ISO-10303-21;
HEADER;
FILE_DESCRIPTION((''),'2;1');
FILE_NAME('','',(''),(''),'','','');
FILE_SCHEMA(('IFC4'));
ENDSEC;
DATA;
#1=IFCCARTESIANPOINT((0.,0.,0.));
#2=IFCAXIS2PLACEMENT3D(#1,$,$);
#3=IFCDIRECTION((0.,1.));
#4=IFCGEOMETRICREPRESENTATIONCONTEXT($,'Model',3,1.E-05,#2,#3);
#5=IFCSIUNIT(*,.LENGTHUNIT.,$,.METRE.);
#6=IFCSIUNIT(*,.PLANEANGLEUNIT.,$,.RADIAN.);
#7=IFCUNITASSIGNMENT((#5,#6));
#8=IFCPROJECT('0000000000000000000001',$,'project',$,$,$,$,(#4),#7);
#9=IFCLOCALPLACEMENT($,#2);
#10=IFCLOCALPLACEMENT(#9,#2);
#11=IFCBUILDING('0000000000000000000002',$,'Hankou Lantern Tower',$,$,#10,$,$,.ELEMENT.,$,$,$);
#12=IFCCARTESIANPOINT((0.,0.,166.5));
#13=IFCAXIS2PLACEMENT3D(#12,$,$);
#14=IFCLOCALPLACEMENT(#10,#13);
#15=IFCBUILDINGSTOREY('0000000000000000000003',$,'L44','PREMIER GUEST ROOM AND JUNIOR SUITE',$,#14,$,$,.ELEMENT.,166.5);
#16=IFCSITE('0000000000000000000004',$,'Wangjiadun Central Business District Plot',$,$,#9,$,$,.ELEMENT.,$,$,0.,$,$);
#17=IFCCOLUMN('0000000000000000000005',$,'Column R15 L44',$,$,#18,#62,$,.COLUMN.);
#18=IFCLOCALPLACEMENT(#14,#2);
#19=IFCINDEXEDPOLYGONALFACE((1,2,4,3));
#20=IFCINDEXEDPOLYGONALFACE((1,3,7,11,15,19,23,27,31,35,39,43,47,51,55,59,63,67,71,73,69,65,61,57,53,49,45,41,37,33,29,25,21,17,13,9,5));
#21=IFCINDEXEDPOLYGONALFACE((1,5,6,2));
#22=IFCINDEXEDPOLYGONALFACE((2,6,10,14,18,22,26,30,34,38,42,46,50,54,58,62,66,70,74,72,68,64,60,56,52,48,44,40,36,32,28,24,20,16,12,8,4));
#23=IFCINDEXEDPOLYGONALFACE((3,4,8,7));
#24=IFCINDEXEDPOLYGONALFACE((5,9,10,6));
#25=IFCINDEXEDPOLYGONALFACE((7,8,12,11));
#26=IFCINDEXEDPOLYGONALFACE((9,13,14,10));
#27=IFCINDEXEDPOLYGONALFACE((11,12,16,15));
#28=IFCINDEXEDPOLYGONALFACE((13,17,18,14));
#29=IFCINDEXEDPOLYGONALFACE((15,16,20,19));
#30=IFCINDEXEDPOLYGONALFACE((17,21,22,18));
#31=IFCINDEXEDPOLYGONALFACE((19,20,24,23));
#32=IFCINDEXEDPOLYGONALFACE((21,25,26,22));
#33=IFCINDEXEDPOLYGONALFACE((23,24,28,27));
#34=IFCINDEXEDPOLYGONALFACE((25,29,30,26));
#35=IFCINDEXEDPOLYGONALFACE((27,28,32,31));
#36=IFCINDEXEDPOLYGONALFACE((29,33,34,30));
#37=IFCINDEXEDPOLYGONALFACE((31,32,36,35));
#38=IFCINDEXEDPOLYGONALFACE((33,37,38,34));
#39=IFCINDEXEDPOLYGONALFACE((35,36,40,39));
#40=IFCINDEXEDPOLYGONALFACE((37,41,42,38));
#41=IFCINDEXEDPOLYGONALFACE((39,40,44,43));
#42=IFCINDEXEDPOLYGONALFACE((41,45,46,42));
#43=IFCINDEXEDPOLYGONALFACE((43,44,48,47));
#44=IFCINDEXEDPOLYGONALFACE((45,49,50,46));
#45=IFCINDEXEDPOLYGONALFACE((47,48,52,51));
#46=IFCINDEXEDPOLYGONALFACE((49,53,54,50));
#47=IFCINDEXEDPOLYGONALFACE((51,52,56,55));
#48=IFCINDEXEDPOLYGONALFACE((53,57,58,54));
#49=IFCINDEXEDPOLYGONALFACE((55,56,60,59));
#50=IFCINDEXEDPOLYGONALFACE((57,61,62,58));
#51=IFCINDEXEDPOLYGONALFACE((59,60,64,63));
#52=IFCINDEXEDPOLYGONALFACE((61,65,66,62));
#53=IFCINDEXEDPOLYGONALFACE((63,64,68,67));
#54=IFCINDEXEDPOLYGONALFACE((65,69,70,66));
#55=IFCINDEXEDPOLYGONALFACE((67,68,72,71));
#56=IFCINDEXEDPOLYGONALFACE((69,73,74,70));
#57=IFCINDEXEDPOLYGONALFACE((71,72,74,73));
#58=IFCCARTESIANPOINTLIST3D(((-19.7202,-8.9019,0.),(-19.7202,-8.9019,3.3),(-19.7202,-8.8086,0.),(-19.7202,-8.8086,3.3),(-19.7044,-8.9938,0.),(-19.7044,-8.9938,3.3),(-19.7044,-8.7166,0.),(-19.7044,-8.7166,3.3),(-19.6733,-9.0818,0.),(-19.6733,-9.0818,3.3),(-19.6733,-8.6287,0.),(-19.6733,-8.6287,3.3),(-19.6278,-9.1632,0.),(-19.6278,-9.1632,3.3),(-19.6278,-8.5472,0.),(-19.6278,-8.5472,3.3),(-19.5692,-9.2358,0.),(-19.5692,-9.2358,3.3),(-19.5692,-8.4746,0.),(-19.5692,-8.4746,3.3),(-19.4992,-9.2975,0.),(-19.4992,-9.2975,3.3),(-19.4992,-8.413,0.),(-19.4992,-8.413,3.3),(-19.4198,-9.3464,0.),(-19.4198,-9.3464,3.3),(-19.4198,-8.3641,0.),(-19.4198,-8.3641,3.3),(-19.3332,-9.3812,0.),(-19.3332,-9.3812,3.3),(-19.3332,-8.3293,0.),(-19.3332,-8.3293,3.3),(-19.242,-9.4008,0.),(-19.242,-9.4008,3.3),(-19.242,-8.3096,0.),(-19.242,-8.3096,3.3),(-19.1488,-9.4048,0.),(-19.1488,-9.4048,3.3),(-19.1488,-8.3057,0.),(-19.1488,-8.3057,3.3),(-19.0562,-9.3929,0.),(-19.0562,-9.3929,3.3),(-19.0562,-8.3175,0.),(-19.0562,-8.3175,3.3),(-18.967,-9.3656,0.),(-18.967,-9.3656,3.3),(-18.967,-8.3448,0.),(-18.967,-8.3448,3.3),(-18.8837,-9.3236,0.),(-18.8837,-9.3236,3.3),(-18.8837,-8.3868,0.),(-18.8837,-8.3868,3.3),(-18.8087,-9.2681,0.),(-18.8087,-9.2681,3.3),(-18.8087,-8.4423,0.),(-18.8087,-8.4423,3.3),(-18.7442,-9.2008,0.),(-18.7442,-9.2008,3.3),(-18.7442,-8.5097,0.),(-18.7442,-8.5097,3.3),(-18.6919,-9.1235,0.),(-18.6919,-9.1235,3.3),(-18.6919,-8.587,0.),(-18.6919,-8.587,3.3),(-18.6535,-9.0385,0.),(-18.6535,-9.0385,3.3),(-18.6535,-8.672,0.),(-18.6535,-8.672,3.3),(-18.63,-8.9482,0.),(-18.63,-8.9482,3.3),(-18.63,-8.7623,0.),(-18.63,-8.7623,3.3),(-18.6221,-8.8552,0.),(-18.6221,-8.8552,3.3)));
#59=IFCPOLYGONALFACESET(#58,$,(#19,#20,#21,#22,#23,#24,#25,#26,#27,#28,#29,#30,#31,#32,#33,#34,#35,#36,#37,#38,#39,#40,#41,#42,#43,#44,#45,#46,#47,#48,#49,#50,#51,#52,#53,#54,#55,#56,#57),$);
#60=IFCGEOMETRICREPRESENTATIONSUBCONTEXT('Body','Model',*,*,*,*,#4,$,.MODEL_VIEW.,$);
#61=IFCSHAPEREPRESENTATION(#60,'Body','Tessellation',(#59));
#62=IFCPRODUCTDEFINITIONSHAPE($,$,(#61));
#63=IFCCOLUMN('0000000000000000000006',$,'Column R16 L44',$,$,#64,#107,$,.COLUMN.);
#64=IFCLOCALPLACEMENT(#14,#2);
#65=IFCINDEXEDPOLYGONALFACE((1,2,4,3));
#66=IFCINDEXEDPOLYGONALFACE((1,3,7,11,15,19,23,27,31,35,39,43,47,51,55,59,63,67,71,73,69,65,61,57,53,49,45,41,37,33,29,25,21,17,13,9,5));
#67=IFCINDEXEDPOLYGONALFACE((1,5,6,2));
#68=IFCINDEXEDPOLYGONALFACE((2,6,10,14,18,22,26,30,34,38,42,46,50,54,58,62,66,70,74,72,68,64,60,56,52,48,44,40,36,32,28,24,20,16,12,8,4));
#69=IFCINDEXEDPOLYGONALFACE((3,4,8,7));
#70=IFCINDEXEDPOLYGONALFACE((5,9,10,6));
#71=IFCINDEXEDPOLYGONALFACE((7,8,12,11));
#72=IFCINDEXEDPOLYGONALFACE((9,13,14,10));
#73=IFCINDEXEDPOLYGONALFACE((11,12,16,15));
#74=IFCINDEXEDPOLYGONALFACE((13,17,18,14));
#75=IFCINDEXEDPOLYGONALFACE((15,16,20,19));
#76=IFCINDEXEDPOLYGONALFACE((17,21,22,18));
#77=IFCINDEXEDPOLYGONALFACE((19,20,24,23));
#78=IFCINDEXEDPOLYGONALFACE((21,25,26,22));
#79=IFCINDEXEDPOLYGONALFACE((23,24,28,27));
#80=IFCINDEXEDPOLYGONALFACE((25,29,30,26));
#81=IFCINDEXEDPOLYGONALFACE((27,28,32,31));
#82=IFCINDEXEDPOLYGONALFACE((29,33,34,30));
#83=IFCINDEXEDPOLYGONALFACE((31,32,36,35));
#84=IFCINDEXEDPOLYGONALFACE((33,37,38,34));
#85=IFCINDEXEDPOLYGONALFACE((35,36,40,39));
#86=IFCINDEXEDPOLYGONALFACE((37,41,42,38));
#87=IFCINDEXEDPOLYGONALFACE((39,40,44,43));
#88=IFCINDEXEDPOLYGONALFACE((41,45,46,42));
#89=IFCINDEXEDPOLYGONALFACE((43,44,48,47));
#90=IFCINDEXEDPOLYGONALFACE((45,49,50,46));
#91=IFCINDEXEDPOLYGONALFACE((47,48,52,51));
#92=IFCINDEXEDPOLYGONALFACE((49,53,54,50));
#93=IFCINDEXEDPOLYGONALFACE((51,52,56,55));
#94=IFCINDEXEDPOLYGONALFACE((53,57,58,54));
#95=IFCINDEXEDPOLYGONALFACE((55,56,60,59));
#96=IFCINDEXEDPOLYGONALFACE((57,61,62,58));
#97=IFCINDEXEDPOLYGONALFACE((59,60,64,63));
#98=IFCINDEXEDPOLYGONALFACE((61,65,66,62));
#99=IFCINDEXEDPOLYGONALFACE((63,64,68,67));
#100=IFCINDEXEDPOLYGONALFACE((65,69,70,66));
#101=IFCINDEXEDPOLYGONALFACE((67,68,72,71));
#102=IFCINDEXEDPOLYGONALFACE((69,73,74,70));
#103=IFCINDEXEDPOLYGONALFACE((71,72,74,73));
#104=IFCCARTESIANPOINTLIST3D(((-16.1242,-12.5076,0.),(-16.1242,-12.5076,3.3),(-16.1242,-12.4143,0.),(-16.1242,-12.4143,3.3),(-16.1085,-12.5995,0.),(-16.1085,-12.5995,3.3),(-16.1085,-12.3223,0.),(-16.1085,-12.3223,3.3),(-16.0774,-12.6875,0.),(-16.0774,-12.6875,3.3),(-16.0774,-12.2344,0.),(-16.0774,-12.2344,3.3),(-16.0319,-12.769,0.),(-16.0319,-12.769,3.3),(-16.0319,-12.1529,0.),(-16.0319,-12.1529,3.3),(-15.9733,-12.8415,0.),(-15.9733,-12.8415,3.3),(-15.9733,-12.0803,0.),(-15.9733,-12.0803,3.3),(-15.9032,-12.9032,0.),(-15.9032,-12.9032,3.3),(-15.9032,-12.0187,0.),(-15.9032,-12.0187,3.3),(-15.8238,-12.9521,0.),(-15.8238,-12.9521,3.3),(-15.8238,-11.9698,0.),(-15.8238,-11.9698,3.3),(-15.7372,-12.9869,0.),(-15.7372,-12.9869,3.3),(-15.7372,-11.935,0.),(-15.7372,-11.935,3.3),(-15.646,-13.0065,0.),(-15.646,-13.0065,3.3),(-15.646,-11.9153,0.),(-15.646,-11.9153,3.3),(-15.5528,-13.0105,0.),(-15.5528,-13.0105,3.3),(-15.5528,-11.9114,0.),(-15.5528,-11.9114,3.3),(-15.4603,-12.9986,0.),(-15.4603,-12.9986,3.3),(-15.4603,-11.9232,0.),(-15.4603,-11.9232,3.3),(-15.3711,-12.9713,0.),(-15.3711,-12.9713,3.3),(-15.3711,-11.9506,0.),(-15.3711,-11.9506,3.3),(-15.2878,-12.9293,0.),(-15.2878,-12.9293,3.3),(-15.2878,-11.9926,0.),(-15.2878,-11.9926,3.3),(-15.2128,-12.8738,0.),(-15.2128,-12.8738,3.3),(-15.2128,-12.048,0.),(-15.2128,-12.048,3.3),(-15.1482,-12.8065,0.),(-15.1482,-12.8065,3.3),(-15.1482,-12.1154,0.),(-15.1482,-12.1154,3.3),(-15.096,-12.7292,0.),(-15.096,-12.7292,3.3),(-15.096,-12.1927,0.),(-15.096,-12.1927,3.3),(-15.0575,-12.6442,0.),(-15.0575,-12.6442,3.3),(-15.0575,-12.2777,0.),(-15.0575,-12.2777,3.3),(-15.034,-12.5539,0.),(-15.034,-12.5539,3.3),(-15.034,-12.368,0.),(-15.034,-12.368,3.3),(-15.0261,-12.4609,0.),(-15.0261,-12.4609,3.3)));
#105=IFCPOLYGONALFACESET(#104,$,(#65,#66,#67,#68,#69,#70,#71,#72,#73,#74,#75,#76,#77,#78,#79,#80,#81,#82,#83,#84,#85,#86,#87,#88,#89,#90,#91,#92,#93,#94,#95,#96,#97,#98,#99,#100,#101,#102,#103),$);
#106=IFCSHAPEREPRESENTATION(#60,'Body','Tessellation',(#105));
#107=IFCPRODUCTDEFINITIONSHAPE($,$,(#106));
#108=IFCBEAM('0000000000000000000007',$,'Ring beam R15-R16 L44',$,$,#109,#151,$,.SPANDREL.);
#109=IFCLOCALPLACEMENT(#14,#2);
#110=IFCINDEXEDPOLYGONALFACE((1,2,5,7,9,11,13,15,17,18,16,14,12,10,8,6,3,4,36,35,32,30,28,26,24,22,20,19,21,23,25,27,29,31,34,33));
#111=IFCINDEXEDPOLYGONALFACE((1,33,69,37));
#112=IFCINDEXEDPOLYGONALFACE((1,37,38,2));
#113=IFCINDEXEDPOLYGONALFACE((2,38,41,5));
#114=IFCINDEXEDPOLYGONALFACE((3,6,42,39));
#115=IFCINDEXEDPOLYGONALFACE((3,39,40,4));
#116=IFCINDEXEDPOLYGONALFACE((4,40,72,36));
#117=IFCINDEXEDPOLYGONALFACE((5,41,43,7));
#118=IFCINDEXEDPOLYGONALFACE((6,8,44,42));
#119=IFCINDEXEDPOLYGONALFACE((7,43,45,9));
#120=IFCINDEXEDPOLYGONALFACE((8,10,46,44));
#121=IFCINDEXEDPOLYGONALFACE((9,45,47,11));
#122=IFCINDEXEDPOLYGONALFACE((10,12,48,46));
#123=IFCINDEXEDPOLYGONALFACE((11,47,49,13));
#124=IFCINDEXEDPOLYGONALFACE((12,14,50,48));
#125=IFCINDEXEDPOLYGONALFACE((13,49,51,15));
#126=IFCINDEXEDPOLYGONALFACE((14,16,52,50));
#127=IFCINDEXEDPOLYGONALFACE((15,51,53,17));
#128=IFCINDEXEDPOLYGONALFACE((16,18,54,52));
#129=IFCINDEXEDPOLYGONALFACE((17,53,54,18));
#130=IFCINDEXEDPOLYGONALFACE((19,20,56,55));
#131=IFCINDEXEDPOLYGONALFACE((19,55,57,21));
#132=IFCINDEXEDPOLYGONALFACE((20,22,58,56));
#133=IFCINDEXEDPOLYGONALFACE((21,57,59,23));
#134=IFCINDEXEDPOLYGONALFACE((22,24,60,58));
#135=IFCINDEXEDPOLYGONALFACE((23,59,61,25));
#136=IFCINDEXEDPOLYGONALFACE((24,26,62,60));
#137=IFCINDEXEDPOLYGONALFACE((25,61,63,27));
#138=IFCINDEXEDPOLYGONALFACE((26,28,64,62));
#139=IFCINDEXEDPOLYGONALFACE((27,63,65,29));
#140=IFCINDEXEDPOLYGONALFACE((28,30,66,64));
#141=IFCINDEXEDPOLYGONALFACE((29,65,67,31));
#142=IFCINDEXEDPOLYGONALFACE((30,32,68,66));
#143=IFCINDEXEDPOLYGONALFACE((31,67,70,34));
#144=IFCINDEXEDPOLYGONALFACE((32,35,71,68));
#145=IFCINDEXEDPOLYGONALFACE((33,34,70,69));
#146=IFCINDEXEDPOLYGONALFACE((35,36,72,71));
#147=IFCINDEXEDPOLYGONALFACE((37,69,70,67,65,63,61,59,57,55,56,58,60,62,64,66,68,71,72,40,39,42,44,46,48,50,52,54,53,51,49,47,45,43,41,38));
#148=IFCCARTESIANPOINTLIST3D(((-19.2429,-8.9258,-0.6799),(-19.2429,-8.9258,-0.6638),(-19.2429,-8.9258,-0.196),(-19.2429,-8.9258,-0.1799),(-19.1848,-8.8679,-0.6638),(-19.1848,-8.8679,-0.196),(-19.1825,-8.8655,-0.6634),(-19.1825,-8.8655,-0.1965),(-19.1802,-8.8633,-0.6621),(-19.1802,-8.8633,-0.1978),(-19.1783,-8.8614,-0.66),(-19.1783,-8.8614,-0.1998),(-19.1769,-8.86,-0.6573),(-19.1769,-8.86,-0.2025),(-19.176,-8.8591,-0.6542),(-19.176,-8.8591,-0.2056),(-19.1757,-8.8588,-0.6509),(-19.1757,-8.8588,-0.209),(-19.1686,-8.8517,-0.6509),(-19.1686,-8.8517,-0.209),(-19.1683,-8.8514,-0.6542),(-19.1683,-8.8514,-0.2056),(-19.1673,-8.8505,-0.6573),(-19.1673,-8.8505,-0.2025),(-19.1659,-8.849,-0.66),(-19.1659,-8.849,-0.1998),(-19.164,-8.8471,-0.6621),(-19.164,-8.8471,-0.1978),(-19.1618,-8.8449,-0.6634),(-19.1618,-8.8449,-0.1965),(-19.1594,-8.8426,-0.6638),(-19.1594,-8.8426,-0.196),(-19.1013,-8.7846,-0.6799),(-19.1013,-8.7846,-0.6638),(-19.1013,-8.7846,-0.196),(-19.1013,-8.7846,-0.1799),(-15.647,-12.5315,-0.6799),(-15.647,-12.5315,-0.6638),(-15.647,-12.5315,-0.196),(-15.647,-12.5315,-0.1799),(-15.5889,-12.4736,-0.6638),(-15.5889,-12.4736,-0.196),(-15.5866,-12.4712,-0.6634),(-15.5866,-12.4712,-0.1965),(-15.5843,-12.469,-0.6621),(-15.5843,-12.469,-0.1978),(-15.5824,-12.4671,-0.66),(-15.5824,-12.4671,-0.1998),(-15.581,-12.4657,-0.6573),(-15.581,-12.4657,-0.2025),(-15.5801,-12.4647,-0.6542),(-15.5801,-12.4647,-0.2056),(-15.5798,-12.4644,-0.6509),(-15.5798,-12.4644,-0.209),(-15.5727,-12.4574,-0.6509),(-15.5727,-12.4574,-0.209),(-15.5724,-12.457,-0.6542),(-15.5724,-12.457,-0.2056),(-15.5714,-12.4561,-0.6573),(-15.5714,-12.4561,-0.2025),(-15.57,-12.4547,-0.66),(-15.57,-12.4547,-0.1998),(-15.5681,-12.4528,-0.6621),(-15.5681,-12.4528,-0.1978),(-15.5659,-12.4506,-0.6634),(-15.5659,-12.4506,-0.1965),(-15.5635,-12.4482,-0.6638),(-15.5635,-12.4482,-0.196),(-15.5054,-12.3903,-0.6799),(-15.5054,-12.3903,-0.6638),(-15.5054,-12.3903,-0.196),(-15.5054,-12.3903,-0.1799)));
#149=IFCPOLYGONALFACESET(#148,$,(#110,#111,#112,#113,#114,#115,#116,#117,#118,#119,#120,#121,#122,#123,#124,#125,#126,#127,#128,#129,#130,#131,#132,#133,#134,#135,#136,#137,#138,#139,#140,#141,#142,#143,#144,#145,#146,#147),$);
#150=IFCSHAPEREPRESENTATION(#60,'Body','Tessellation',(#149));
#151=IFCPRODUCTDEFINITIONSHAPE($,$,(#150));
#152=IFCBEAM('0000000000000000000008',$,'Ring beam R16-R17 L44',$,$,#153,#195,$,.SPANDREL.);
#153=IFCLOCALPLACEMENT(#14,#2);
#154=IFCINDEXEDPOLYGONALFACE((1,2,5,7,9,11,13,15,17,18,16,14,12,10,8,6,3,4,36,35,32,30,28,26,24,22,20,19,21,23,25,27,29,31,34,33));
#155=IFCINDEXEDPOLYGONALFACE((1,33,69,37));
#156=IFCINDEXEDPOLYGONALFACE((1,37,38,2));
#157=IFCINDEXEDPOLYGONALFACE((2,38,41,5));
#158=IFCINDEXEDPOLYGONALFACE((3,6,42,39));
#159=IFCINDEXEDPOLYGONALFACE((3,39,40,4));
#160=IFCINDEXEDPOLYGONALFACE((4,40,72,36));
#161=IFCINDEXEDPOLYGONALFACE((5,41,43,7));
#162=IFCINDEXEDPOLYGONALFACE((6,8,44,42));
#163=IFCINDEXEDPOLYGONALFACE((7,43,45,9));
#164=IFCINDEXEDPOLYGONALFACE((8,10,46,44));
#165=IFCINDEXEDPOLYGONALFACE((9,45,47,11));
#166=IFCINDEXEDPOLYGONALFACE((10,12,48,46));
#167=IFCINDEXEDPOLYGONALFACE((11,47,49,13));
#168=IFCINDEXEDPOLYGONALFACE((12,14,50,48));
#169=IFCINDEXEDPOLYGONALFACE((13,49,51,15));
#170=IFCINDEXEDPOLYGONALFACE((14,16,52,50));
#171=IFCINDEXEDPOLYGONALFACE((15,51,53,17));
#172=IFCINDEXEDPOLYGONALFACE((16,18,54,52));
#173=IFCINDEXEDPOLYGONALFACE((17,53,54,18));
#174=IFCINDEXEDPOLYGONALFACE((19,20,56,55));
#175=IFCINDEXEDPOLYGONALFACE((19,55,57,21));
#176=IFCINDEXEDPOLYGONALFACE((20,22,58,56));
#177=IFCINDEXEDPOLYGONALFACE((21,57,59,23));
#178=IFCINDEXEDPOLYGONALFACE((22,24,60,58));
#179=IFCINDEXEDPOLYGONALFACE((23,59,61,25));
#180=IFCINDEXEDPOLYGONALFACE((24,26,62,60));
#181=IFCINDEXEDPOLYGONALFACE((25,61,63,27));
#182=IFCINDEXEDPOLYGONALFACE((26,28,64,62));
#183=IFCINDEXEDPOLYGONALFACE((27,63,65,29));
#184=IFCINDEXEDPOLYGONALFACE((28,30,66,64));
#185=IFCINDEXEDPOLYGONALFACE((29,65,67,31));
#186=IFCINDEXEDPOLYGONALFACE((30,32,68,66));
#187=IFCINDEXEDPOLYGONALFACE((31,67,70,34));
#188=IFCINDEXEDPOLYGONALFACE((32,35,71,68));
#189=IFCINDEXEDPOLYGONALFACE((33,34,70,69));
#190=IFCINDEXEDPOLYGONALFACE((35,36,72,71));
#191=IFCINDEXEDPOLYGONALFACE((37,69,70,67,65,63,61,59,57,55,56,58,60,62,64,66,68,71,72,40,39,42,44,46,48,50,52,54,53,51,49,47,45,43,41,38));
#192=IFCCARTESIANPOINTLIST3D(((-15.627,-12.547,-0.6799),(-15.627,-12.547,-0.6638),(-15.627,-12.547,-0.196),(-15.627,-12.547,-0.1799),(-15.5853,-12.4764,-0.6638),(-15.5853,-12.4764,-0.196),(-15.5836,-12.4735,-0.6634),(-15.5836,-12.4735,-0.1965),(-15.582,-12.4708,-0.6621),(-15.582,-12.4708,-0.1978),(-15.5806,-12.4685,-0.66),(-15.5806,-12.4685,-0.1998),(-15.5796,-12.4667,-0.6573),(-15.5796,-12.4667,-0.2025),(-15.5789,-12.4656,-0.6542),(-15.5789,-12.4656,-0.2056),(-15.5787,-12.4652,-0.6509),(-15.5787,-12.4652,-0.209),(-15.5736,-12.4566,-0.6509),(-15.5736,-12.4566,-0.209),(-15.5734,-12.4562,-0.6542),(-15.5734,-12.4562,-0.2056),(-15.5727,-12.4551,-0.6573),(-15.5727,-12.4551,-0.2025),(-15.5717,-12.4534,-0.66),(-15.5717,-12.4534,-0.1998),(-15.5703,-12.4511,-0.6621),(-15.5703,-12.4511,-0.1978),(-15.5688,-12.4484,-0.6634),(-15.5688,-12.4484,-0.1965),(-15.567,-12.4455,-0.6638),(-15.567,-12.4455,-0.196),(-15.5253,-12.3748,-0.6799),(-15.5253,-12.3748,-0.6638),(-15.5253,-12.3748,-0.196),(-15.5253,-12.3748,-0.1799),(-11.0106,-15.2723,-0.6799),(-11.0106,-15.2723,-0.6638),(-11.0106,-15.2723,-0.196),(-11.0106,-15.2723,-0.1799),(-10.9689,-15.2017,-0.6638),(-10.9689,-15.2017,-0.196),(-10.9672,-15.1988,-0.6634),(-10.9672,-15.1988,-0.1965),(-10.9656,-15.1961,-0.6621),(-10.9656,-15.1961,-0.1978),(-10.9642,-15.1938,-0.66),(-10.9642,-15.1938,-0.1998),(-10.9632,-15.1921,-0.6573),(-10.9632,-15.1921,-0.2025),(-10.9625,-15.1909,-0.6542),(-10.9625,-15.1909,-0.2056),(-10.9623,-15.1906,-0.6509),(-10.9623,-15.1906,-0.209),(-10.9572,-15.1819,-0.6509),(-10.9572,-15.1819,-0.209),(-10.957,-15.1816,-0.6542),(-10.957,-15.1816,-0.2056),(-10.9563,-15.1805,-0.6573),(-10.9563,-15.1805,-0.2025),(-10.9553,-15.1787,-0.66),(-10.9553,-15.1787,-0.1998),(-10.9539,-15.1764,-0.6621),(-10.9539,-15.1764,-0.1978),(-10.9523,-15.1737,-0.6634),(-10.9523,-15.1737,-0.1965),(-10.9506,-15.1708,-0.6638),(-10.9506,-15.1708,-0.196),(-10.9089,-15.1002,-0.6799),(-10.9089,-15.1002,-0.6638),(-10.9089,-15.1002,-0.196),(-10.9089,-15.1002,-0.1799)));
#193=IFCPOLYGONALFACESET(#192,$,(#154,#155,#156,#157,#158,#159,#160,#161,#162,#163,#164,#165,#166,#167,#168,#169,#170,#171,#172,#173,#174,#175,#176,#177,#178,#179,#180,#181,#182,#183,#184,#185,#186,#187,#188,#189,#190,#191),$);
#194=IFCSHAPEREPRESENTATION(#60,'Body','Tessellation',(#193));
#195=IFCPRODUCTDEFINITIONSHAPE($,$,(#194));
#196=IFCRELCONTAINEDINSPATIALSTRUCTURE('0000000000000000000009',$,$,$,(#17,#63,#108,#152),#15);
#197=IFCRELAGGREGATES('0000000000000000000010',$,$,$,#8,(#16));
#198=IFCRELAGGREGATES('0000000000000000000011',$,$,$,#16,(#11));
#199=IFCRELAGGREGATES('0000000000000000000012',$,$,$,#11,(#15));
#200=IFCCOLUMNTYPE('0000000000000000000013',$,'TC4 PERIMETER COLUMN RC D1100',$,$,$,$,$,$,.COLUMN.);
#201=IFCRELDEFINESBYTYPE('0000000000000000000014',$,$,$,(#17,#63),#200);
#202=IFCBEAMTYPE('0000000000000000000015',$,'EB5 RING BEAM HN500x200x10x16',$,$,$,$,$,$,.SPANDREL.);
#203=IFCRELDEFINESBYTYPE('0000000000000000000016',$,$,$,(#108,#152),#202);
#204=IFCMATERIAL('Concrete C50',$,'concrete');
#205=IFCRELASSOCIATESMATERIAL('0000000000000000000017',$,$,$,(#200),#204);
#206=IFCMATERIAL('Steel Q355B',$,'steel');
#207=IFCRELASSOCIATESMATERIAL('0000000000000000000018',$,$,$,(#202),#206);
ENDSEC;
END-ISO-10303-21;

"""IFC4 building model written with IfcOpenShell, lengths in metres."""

from ifc_helpers import new_model, si_unit, direction, frame, origin, origin_2d, place, context, subcontext, project, spatial, circle, i_section, extrude, material, material_profile, profile_set, type_object, element, save


model = new_model("IFC4")

# Units and contexts
model_context = context("Model", 3, precision=1e-05, world=origin(), true_north=direction((0.0, 1.0)))
body_context = subcontext(model_context, "Body", "Model", "MODEL_VIEW")
ifc_project = project(units=[si_unit("LENGTHUNIT", "METRE"), si_unit("PLANEANGLEUNIT", "RADIAN")], contexts=[model_context])

# Site, building, storey
site_placement = place(None, origin())
site = spatial("IfcSite", under=ifc_project, at=site_placement, Name="Wangjiadun Central Business District Plot", CompositionType="ELEMENT", RefElevation=0.0)
building_placement = place(site_placement, origin())
building = spatial("IfcBuilding", under=site, at=building_placement, Name="Hankou Lantern Tower", CompositionType="ELEMENT")
storey_placement = place(building_placement, frame((0.0, 0.0, 166.5)))
storey = spatial("IfcBuildingStorey", under=building, at=storey_placement, Name="L44", Description="PREMIER GUEST ROOM AND JUNIOR SUITE", CompositionType="ELEMENT", Elevation=166.5)

# Columns
ifc_material_1 = material(Name="Concrete C50", Category="concrete")
ifc_material_profile_1 = material_profile(ifc_material_1, circle(Radius=0.55, at=origin_2d()), Name="RC D1100")
ifc_profile_set_1 = profile_set([ifc_material_profile_1], Name="Concrete C50")
column_type = type_object("IfcColumnType", Name="TC4 PERIMETER COLUMN RC D1100", PredefinedType="COLUMN", material=ifc_profile_set_1)
for number, where, z_axis, x_axis, name in (
    (1, (-19.1721, -8.8552, 0.0), (0.0, 0.0, 1.0), (1.0, 0.0, 0.0), "Column R15 L44"),
    (2, (-15.5762, -12.4609, 0.0), (0.0, 0.0, 1.0), (1.0, 0.0, 0.0), "Column R16 L44"),
):
    element("IfcColumn", number, at=place(storey_placement, frame(where, z_axis=z_axis, x_axis=x_axis)), inside=storey, type_object=column_type, Name=name, PredefinedType="COLUMN", context=body_context, shape_type="SweptSolid", body=[
        extrude(circle(Radius=0.55, at=origin_2d()), origin(), (0.0, 0.0, 1.0), 3.3),
    ])

# Beams
ifc_material_2 = material(Name="Steel Q355B", Category="steel")
ifc_material_profile_2 = material_profile(ifc_material_2, i_section(OverallWidth=0.2, OverallDepth=0.5, WebThickness=0.01, FlangeThickness=0.0161, FilletRadius=0.0129, at=origin_2d()), Name="HN500x200x10x16")
ifc_profile_set_2 = profile_set([ifc_material_profile_2], Name="Steel Q355B")
beam_type_1 = type_object("IfcBeamType", Name="EB5 RING BEAM HN500x200x10x16", PredefinedType="SPANDREL", material=ifc_profile_set_2)
beam_1_placement = place(storey_placement, frame((-19.1721, -8.8552, -0.4299), z_axis=(0.706147, -0.708065, 0.0), x_axis=(0.708065, 0.706147, 0.0)))
element("IfcBeam", 3, at=beam_1_placement, inside=storey, type_object=beam_type_1, Name="Ring beam R15-R16 L44", PredefinedType="SPANDREL", context=body_context, shape_type="SweptSolid", body=[
    extrude(i_section(OverallWidth=0.2, OverallDepth=0.5, WebThickness=0.01, FlangeThickness=0.0161, FilletRadius=0.0129, at=origin_2d()), origin(), (0.0, 0.0, 1.0), 5.0923),
])
beam_2_placement = place(storey_placement, frame((-15.5762, -12.4609, -0.4299), z_axis=(0.861136, -0.508375, 0.0), x_axis=(0.508375, 0.861136, 0.0)))
element("IfcBeam", 4, at=beam_2_placement, inside=storey, type_object=beam_type_1, Name="Ring beam R16-R17 L44", PredefinedType="SPANDREL", context=body_context, shape_type="SweptSolid", body=[
    extrude(i_section(OverallWidth=0.2, OverallDepth=0.5, WebThickness=0.01, FlangeThickness=0.0161, FilletRadius=0.0129, at=origin_2d()), origin(), (0.0, 0.0, 1.0), 5.3608),
])

save(model, "model.ifc")
